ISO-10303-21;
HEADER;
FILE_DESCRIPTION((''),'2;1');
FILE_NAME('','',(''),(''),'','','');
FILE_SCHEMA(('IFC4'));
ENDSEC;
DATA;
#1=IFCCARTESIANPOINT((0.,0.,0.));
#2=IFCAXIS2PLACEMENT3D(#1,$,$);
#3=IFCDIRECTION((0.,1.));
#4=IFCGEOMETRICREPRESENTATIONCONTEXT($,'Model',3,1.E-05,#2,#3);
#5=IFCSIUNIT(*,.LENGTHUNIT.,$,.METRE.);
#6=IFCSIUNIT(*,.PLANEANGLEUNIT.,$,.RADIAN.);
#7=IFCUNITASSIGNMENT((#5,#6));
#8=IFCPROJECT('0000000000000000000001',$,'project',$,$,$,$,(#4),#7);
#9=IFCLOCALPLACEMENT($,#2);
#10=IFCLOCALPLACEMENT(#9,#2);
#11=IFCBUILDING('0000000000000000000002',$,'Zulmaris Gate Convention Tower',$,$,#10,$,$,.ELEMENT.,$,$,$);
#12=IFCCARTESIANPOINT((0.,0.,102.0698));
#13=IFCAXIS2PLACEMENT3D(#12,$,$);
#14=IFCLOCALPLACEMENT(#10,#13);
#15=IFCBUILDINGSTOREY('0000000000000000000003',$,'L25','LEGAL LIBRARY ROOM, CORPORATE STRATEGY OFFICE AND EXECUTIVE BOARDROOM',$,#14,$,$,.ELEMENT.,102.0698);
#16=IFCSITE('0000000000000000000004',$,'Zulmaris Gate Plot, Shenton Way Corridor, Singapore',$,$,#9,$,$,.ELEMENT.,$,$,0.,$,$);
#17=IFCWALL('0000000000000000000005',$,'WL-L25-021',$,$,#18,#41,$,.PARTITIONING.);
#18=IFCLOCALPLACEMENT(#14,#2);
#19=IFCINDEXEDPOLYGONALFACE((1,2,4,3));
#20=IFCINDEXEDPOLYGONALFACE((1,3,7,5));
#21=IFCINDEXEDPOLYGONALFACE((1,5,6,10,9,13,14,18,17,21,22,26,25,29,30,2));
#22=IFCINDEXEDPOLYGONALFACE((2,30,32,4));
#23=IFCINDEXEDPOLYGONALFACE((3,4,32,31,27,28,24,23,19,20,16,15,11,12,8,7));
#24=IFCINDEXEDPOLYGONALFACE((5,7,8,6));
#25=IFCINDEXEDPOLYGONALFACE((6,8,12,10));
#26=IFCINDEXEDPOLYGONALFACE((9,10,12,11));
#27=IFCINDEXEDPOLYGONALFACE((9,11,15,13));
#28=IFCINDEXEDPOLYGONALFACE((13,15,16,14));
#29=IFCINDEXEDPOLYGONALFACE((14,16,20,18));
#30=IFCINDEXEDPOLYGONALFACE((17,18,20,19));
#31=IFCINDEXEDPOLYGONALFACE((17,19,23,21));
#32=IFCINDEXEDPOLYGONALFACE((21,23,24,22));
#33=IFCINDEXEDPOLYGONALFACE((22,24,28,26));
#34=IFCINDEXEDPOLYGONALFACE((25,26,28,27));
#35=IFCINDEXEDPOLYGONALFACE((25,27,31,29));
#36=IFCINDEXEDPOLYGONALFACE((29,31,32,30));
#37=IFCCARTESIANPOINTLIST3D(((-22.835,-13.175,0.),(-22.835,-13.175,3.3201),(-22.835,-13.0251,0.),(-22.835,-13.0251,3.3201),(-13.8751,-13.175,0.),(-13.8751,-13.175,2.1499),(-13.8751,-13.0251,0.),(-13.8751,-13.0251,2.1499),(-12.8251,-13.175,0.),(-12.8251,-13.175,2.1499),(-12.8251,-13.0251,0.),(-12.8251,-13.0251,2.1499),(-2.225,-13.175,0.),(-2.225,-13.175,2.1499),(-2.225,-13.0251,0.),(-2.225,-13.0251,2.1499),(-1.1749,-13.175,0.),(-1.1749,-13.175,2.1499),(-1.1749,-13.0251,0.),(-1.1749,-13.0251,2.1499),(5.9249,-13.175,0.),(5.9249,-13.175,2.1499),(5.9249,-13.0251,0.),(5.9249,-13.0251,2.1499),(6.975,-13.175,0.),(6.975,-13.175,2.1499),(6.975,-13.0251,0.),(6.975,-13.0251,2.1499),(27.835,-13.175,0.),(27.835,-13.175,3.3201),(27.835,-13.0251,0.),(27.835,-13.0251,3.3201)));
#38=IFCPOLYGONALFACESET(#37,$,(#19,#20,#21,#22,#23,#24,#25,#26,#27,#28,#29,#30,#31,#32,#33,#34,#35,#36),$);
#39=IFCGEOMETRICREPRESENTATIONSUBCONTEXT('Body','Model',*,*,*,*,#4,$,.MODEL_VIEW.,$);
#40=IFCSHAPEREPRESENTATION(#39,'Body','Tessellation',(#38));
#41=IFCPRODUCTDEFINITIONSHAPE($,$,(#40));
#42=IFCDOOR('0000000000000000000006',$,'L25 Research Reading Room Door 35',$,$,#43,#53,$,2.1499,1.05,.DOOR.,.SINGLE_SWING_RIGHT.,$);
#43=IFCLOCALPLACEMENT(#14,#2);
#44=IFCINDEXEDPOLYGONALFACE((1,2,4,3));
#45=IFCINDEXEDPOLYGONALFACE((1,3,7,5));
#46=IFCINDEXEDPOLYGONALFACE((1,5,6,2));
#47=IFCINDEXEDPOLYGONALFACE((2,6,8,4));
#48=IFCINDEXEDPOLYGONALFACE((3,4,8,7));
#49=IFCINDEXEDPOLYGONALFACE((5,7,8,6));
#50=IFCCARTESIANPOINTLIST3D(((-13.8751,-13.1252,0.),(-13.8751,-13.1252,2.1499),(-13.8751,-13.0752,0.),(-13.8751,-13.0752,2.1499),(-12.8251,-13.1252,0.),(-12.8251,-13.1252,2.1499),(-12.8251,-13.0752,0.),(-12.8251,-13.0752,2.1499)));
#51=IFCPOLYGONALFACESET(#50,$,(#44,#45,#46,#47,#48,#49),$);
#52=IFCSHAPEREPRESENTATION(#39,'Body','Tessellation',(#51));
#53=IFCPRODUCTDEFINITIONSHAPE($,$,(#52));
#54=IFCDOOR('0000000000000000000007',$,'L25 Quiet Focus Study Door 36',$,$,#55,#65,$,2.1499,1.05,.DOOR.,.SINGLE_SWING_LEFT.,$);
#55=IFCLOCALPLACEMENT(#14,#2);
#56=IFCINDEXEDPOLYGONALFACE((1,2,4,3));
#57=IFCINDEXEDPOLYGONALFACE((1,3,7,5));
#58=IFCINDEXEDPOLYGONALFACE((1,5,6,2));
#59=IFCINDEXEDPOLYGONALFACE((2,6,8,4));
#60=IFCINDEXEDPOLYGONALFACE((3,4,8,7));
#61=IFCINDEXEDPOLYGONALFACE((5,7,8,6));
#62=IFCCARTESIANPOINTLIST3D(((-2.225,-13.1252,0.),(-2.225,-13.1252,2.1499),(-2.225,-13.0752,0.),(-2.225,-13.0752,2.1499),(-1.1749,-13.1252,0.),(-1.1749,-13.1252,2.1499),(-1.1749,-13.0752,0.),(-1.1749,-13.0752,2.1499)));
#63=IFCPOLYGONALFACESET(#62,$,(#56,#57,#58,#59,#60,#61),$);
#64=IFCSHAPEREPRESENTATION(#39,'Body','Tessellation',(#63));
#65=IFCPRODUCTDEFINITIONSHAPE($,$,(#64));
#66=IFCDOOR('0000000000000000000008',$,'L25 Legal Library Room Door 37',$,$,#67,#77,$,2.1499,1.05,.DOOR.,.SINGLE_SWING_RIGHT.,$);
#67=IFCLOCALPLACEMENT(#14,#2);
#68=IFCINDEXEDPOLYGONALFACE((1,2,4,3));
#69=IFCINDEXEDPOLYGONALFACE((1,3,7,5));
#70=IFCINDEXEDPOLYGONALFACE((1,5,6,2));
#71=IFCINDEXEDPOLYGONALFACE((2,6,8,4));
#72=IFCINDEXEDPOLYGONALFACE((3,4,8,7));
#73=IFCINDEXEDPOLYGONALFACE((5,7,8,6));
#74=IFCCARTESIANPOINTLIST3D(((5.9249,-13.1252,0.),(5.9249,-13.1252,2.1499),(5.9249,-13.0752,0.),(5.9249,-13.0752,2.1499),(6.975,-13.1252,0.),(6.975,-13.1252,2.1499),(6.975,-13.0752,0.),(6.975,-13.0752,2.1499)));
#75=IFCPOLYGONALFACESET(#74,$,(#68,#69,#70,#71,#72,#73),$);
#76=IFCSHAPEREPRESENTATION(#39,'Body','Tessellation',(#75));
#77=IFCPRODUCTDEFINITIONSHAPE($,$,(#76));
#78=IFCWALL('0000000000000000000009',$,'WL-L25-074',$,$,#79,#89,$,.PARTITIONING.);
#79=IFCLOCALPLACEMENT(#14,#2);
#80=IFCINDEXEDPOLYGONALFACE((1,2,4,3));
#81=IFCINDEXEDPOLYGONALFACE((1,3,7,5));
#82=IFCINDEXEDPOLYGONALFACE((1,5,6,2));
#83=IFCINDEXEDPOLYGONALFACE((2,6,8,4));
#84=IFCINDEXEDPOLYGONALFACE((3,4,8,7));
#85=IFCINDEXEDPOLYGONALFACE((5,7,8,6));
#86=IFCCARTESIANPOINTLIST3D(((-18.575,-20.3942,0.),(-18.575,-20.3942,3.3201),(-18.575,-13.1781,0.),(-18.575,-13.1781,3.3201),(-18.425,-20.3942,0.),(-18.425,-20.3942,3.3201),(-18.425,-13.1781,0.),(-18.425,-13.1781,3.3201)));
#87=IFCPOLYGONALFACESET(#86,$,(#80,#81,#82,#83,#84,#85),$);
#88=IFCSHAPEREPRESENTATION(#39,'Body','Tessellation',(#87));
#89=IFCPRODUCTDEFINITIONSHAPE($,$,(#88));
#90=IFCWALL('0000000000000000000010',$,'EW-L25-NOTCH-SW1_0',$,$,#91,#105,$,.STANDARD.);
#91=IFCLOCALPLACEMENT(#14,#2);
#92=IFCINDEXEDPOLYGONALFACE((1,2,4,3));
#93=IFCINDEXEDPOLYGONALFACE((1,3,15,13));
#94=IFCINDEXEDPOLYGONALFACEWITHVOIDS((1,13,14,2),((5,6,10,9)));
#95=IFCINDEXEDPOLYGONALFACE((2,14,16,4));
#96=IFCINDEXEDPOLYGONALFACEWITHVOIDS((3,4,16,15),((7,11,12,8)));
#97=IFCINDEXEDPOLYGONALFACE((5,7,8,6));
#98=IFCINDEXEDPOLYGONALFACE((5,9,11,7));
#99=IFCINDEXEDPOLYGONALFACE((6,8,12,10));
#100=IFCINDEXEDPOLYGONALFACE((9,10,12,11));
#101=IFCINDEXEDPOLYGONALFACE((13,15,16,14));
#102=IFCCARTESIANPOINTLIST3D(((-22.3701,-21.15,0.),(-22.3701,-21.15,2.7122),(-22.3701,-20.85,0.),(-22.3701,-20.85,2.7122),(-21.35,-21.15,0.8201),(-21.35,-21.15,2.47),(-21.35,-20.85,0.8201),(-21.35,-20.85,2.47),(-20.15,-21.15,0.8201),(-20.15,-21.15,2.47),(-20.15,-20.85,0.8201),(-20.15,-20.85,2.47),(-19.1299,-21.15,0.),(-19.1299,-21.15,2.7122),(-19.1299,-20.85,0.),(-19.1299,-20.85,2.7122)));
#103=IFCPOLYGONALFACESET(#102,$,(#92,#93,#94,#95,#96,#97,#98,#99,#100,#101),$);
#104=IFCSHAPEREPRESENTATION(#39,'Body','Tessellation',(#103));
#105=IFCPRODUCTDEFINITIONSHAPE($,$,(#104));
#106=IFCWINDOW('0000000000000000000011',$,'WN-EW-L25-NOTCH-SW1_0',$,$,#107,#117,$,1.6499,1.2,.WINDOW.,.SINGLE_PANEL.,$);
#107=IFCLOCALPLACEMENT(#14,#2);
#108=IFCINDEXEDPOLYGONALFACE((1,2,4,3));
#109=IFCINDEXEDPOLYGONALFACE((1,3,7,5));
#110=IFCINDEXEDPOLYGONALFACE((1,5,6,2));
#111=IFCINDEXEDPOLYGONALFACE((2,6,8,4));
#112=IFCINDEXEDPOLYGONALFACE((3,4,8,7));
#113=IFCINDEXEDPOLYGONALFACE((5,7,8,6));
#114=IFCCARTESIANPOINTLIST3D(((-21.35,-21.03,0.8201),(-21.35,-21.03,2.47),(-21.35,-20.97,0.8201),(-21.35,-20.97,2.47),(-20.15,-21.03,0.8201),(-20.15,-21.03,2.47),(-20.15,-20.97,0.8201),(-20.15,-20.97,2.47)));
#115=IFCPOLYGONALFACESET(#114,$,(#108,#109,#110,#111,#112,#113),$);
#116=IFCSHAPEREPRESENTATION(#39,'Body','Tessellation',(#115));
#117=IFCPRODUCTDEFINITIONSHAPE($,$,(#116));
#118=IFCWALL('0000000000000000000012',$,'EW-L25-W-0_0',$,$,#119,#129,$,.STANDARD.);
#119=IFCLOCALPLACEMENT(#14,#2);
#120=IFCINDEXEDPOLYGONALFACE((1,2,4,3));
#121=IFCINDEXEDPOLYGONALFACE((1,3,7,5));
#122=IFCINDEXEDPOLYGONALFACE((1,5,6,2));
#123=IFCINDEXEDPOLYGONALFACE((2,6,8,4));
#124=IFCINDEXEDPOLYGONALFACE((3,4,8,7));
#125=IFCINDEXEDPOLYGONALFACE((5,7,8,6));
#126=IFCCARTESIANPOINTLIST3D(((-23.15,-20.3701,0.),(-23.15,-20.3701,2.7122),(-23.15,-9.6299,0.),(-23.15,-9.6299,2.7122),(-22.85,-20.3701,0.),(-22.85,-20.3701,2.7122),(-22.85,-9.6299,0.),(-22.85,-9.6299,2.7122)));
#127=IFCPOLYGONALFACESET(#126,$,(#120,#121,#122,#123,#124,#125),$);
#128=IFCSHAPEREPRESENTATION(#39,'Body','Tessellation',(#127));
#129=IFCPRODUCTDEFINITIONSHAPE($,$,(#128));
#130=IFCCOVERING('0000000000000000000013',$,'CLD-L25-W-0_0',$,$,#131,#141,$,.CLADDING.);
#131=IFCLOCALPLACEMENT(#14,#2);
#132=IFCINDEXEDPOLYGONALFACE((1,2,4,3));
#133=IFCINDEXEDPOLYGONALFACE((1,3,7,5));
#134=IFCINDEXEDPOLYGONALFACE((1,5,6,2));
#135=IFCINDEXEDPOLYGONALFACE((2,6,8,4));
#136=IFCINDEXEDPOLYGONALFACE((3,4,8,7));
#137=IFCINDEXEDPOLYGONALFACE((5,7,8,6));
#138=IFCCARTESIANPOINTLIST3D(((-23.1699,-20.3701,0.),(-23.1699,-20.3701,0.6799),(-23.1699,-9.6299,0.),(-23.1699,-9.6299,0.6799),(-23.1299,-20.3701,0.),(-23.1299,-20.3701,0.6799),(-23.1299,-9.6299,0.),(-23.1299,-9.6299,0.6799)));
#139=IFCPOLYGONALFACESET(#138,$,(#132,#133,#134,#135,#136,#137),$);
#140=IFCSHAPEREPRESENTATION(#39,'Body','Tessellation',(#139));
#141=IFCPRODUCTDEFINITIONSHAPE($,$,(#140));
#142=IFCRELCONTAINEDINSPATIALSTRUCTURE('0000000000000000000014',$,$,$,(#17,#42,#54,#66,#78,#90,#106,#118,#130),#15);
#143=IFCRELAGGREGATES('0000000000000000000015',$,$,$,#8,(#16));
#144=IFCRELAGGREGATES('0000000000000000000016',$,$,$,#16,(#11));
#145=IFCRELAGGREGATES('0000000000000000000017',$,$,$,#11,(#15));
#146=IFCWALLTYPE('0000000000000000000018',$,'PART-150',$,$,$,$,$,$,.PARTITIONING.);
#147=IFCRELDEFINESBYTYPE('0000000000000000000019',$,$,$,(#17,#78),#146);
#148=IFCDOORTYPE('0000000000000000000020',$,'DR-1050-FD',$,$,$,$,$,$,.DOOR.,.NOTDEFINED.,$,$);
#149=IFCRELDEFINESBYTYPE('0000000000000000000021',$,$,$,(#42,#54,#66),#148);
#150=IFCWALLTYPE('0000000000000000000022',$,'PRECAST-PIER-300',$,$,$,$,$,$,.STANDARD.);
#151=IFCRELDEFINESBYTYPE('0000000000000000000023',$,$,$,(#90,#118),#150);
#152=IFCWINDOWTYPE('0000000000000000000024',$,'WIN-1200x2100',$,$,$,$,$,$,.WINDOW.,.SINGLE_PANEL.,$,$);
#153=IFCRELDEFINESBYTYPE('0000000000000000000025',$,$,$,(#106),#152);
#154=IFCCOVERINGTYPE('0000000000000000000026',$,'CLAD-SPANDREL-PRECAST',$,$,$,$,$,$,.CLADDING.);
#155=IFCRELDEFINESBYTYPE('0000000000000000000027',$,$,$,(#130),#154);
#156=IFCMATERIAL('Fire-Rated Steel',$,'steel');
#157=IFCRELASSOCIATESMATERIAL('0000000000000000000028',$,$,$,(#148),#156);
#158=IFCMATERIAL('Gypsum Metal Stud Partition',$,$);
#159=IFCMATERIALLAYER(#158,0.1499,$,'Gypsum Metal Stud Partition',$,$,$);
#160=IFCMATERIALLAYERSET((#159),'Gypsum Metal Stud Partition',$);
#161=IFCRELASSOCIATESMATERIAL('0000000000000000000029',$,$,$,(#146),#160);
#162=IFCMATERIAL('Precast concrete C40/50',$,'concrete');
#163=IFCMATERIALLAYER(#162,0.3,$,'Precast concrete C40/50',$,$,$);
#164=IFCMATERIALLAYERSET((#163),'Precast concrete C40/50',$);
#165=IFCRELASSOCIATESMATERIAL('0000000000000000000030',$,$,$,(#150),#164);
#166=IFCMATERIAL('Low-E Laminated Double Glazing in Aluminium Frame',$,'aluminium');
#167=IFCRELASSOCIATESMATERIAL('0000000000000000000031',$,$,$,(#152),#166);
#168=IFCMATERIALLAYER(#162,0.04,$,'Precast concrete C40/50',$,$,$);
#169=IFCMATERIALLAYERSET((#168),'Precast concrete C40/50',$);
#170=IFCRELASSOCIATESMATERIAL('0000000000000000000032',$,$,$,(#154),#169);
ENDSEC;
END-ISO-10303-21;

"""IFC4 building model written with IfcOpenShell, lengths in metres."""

from ifc_helpers import new_model, si_unit, direction, frame, frame_2d, origin, place, context, subcontext, project, spatial, rectangle, extrude, material, layer, layer_set, type_object, element, fill, save


model = new_model("IFC4")

# Units and contexts
model_context = context("Model", 3, precision=1e-05, world=origin(), true_north=direction((0.0, 1.0)))
body_context = subcontext(model_context, "Body", "Model", "MODEL_VIEW")
ifc_project = project(units=[si_unit("LENGTHUNIT", "METRE"), si_unit("PLANEANGLEUNIT", "RADIAN")], contexts=[model_context])

# Site, building, storey
site_placement = place(None, origin())
site = spatial("IfcSite", under=ifc_project, at=site_placement, Name="Zulmaris Gate Plot, Shenton Way Corridor, Singapore", CompositionType="ELEMENT", RefElevation=0.0)
building_placement = place(site_placement, origin())
building = spatial("IfcBuilding", under=site, at=building_placement, Name="Zulmaris Gate Convention Tower", CompositionType="ELEMENT")
storey_placement = place(building_placement, frame((0.0, 0.0, 102.0698)))
storey = spatial("IfcBuildingStorey", under=building, at=storey_placement, Name="L25", Description="LEGAL LIBRARY ROOM, CORPORATE STRATEGY OFFICE AND EXECUTIVE BOARDROOM", CompositionType="ELEMENT", Elevation=102.0698)

# Shared definitions
ifc_material_1 = material(Name="Fire-Rated Steel", Category="steel")
door_type_1 = type_object("IfcDoorType", Name="DR-1050-FD", OperationType="NOTDEFINED", PredefinedType="DOOR", material=ifc_material_1)

# Wall, openings, doors
ifc_material_2 = material(Name="Gypsum Metal Stud Partition")
ifc_layer_1 = layer(ifc_material_2, 0.1499, Name="Gypsum Metal Stud Partition")
ifc_layer_set_1 = layer_set([ifc_layer_1], Name="Gypsum Metal Stud Partition")
wall_type_1 = type_object("IfcWallType", Name="PART-150", PredefinedType="PARTITIONING", material=ifc_layer_set_1)
wall_1_placement = place(storey_placement, frame((-22.835, -13.1001, 0.0), z_axis=(0.0, 0.0, 1.0), x_axis=(1.0, 0.0, 0.0)))
wall_1 = element("IfcWall", 1, at=wall_1_placement, inside=storey, type_object=wall_type_1, Name="WL-L25-021", PredefinedType="PARTITIONING", context=body_context, shape_type="SweptSolid", body=[
    extrude(rectangle(XDim=50.6699, YDim=0.1499, at=frame_2d((25.335, 0.0))), origin(), (0.0, 0.0, 1.0), 3.3201),
])
opening_1_placement = place(wall_1_placement, frame((8.96, 0.0, 0.0)))
opening_1 = element("IfcOpeningElement", 2, at=opening_1_placement, cuts=wall_1, PredefinedType="OPENING", context=body_context, shape_type="SweptSolid", body=[
    extrude(rectangle(XDim=1.05, YDim=2.1499, at=frame_2d((0.5249, 1.075))), frame((0.0, 0.085, 0.0), z_axis=(0.0, -1.0, 0.0), x_axis=(1.0, 0.0, 0.0)), (0.0, 0.0, 1.0), 0.1699),
])
opening_2_placement = place(wall_1_placement, frame((20.6101, 0.0, 0.0)))
opening_2 = element("IfcOpeningElement", 3, at=opening_2_placement, cuts=wall_1, PredefinedType="OPENING", context=body_context, shape_type="SweptSolid", body=[
    extrude(rectangle(XDim=1.05, YDim=2.1499, at=frame_2d((0.5249, 1.075))), frame((0.0, 0.085, 0.0), z_axis=(0.0, -1.0, 0.0), x_axis=(1.0, 0.0, 0.0)), (0.0, 0.0, 1.0), 0.1699),
])
opening_3_placement = place(wall_1_placement, frame((28.76, 0.0, 0.0)))
opening_3 = element("IfcOpeningElement", 4, at=opening_3_placement, cuts=wall_1, PredefinedType="OPENING", context=body_context, shape_type="SweptSolid", body=[
    extrude(rectangle(XDim=1.05, YDim=2.1499, at=frame_2d((0.5249, 1.075))), frame((0.0, 0.085, 0.0), z_axis=(0.0, -1.0, 0.0), x_axis=(1.0, 0.0, 0.0)), (0.0, 0.0, 1.0), 0.1699),
])
door_1_placement = place(opening_1_placement, origin())
door_1 = element("IfcDoor", 5, at=door_1_placement, inside=storey, type_object=door_type_1, Name="L25 Research Reading Room Door 35", OperationType="SINGLE_SWING_RIGHT", OverallHeight=2.1499, OverallWidth=1.05, PredefinedType="DOOR", context=body_context, shape_type="SweptSolid", body=[
    extrude(rectangle(XDim=1.05, YDim=2.1499, at=frame_2d((0.5249, 1.075))), frame((0.0, 0.0249, 0.0), z_axis=(0.0, -1.0, 0.0), x_axis=(1.0, 0.0, 0.0)), (0.0, 0.0, 1.0), 0.05),
])
fill(opening_1, door_1)
door_2_placement = place(opening_2_placement, origin())
door_2 = element("IfcDoor", 6, at=door_2_placement, inside=storey, type_object=door_type_1, Name="L25 Quiet Focus Study Door 36", OperationType="SINGLE_SWING_LEFT", OverallHeight=2.1499, OverallWidth=1.05, PredefinedType="DOOR", context=body_context, shape_type="SweptSolid", body=[
    extrude(rectangle(XDim=1.05, YDim=2.1499, at=frame_2d((0.5249, 1.075))), frame((0.0, 0.0249, 0.0), z_axis=(0.0, -1.0, 0.0), x_axis=(1.0, 0.0, 0.0)), (0.0, 0.0, 1.0), 0.05),
])
fill(opening_2, door_2)
door_3_placement = place(opening_3_placement, origin())
door_3 = element("IfcDoor", 7, at=door_3_placement, inside=storey, type_object=door_type_1, Name="L25 Legal Library Room Door 37", OperationType="SINGLE_SWING_RIGHT", OverallHeight=2.1499, OverallWidth=1.05, PredefinedType="DOOR", context=body_context, shape_type="SweptSolid", body=[
    extrude(rectangle(XDim=1.05, YDim=2.1499, at=frame_2d((0.5249, 1.075))), frame((0.0, 0.0249, 0.0), z_axis=(0.0, -1.0, 0.0), x_axis=(1.0, 0.0, 0.0)), (0.0, 0.0, 1.0), 0.05),
])
fill(opening_3, door_3)

# Wall
wall_2_placement = place(storey_placement, frame((-18.5, -20.394, 0.0), z_axis=(0.0, 0.0, 1.0), x_axis=(0.0, 1.0, 0.0)))
element("IfcWall", 8, at=wall_2_placement, inside=storey, type_object=wall_type_1, Name="WL-L25-074", PredefinedType="PARTITIONING", context=body_context, shape_type="SweptSolid", body=[
    extrude(rectangle(XDim=7.2161, YDim=0.1499, at=frame_2d((3.6079, 0.0))), origin(), (0.0, 0.0, 1.0), 3.3201),
])

# Wall, opening, window
ifc_material_3 = material(Name="Precast concrete C40/50", Category="concrete")
ifc_layer_2 = layer(ifc_material_3, 0.3, Name="Precast concrete C40/50")
ifc_layer_set_2 = layer_set([ifc_layer_2], Name="Precast concrete C40/50")
wall_type_2 = type_object("IfcWallType", Name="PRECAST-PIER-300", PredefinedType="STANDARD", material=ifc_layer_set_2)
wall_3_placement = place(storey_placement, frame((-22.3701, -21.0, 0.0), z_axis=(0.0, 0.0, 1.0), x_axis=(1.0, 0.0, 0.0)))
wall_3 = element("IfcWall", 9, at=wall_3_placement, inside=storey, type_object=wall_type_2, Name="EW-L25-NOTCH-SW1_0", PredefinedType="STANDARD", context=body_context, shape_type="SweptSolid", body=[
    extrude(rectangle(XDim=3.2402, YDim=0.3, at=frame_2d((1.6201, 0.0))), origin(), (0.0, 0.0, 1.0), 2.7122),
])
opening_4_placement = place(wall_3_placement, frame((1.02, 0.0, 0.8201)))
opening_4 = element("IfcOpeningElement", 10, at=opening_4_placement, cuts=wall_3, PredefinedType="OPENING", context=body_context, shape_type="SweptSolid", body=[
    extrude(rectangle(XDim=1.2, YDim=1.6499, at=frame_2d((0.6001, 0.825))), frame((0.0, 0.1602, 0.0), z_axis=(0.0, -1.0, 0.0), x_axis=(1.0, 0.0, 0.0)), (0.0, 0.0, 1.0), 0.3201),
])
ifc_material_4 = material(Name="Low-E Laminated Double Glazing in Aluminium Frame", Category="aluminium")
window_type = type_object("IfcWindowType", Name="WIN-1200x2100", PartitioningType="SINGLE_PANEL", PredefinedType="WINDOW", material=ifc_material_4)
window_placement = place(opening_4_placement, origin())
window = element("IfcWindow", 11, at=window_placement, inside=storey, type_object=window_type, Name="WN-EW-L25-NOTCH-SW1_0", OverallHeight=1.6499, OverallWidth=1.2, PartitioningType="SINGLE_PANEL", PredefinedType="WINDOW", context=body_context, shape_type="SweptSolid", body=[
    extrude(rectangle(XDim=1.2, YDim=1.6499, at=frame_2d((0.6001, 0.825))), frame((0.0, 0.03, 0.0), z_axis=(0.0, -1.0, 0.0), x_axis=(1.0, 0.0, 0.0)), (0.0, 0.0, 1.0), 0.0601),
])
fill(opening_4, window)

# Wall
wall_4_placement = place(storey_placement, frame((-23.0, -9.6299, 0.0), z_axis=(0.0, 0.0, 1.0), x_axis=(0.0, -1.0, 0.0)))
element("IfcWall", 12, at=wall_4_placement, inside=storey, type_object=wall_type_2, Name="EW-L25-W-0_0", PredefinedType="STANDARD", context=body_context, shape_type="SweptSolid", body=[
    extrude(rectangle(XDim=10.7402, YDim=0.3, at=frame_2d((5.3701, 0.0))), origin(), (0.0, 0.0, 1.0), 2.7122),
])

# Covering
ifc_layer_3 = layer(ifc_material_3, 0.04, Name="Precast concrete C40/50")
ifc_layer_set_3 = layer_set([ifc_layer_3], Name="Precast concrete C40/50")
covering_type = type_object("IfcCoveringType", Name="CLAD-SPANDREL-PRECAST", PredefinedType="CLADDING", material=ifc_layer_set_3)
covering_placement = place(storey_placement, frame((-23.1499, -9.6299, 0.0), z_axis=(0.0, 0.0, 1.0), x_axis=(0.0, -1.0, 0.0)))
element("IfcCovering", 13, at=covering_placement, inside=storey, type_object=covering_type, Name="CLD-L25-W-0_0", PredefinedType="CLADDING", context=body_context, shape_type="SweptSolid", body=[
    extrude(rectangle(XDim=10.7402, YDim=0.04, at=frame_2d((5.3701, 0.0))), origin(), (0.0, 0.0, 1.0), 0.6799),
])

save(model, "model.ifc")
